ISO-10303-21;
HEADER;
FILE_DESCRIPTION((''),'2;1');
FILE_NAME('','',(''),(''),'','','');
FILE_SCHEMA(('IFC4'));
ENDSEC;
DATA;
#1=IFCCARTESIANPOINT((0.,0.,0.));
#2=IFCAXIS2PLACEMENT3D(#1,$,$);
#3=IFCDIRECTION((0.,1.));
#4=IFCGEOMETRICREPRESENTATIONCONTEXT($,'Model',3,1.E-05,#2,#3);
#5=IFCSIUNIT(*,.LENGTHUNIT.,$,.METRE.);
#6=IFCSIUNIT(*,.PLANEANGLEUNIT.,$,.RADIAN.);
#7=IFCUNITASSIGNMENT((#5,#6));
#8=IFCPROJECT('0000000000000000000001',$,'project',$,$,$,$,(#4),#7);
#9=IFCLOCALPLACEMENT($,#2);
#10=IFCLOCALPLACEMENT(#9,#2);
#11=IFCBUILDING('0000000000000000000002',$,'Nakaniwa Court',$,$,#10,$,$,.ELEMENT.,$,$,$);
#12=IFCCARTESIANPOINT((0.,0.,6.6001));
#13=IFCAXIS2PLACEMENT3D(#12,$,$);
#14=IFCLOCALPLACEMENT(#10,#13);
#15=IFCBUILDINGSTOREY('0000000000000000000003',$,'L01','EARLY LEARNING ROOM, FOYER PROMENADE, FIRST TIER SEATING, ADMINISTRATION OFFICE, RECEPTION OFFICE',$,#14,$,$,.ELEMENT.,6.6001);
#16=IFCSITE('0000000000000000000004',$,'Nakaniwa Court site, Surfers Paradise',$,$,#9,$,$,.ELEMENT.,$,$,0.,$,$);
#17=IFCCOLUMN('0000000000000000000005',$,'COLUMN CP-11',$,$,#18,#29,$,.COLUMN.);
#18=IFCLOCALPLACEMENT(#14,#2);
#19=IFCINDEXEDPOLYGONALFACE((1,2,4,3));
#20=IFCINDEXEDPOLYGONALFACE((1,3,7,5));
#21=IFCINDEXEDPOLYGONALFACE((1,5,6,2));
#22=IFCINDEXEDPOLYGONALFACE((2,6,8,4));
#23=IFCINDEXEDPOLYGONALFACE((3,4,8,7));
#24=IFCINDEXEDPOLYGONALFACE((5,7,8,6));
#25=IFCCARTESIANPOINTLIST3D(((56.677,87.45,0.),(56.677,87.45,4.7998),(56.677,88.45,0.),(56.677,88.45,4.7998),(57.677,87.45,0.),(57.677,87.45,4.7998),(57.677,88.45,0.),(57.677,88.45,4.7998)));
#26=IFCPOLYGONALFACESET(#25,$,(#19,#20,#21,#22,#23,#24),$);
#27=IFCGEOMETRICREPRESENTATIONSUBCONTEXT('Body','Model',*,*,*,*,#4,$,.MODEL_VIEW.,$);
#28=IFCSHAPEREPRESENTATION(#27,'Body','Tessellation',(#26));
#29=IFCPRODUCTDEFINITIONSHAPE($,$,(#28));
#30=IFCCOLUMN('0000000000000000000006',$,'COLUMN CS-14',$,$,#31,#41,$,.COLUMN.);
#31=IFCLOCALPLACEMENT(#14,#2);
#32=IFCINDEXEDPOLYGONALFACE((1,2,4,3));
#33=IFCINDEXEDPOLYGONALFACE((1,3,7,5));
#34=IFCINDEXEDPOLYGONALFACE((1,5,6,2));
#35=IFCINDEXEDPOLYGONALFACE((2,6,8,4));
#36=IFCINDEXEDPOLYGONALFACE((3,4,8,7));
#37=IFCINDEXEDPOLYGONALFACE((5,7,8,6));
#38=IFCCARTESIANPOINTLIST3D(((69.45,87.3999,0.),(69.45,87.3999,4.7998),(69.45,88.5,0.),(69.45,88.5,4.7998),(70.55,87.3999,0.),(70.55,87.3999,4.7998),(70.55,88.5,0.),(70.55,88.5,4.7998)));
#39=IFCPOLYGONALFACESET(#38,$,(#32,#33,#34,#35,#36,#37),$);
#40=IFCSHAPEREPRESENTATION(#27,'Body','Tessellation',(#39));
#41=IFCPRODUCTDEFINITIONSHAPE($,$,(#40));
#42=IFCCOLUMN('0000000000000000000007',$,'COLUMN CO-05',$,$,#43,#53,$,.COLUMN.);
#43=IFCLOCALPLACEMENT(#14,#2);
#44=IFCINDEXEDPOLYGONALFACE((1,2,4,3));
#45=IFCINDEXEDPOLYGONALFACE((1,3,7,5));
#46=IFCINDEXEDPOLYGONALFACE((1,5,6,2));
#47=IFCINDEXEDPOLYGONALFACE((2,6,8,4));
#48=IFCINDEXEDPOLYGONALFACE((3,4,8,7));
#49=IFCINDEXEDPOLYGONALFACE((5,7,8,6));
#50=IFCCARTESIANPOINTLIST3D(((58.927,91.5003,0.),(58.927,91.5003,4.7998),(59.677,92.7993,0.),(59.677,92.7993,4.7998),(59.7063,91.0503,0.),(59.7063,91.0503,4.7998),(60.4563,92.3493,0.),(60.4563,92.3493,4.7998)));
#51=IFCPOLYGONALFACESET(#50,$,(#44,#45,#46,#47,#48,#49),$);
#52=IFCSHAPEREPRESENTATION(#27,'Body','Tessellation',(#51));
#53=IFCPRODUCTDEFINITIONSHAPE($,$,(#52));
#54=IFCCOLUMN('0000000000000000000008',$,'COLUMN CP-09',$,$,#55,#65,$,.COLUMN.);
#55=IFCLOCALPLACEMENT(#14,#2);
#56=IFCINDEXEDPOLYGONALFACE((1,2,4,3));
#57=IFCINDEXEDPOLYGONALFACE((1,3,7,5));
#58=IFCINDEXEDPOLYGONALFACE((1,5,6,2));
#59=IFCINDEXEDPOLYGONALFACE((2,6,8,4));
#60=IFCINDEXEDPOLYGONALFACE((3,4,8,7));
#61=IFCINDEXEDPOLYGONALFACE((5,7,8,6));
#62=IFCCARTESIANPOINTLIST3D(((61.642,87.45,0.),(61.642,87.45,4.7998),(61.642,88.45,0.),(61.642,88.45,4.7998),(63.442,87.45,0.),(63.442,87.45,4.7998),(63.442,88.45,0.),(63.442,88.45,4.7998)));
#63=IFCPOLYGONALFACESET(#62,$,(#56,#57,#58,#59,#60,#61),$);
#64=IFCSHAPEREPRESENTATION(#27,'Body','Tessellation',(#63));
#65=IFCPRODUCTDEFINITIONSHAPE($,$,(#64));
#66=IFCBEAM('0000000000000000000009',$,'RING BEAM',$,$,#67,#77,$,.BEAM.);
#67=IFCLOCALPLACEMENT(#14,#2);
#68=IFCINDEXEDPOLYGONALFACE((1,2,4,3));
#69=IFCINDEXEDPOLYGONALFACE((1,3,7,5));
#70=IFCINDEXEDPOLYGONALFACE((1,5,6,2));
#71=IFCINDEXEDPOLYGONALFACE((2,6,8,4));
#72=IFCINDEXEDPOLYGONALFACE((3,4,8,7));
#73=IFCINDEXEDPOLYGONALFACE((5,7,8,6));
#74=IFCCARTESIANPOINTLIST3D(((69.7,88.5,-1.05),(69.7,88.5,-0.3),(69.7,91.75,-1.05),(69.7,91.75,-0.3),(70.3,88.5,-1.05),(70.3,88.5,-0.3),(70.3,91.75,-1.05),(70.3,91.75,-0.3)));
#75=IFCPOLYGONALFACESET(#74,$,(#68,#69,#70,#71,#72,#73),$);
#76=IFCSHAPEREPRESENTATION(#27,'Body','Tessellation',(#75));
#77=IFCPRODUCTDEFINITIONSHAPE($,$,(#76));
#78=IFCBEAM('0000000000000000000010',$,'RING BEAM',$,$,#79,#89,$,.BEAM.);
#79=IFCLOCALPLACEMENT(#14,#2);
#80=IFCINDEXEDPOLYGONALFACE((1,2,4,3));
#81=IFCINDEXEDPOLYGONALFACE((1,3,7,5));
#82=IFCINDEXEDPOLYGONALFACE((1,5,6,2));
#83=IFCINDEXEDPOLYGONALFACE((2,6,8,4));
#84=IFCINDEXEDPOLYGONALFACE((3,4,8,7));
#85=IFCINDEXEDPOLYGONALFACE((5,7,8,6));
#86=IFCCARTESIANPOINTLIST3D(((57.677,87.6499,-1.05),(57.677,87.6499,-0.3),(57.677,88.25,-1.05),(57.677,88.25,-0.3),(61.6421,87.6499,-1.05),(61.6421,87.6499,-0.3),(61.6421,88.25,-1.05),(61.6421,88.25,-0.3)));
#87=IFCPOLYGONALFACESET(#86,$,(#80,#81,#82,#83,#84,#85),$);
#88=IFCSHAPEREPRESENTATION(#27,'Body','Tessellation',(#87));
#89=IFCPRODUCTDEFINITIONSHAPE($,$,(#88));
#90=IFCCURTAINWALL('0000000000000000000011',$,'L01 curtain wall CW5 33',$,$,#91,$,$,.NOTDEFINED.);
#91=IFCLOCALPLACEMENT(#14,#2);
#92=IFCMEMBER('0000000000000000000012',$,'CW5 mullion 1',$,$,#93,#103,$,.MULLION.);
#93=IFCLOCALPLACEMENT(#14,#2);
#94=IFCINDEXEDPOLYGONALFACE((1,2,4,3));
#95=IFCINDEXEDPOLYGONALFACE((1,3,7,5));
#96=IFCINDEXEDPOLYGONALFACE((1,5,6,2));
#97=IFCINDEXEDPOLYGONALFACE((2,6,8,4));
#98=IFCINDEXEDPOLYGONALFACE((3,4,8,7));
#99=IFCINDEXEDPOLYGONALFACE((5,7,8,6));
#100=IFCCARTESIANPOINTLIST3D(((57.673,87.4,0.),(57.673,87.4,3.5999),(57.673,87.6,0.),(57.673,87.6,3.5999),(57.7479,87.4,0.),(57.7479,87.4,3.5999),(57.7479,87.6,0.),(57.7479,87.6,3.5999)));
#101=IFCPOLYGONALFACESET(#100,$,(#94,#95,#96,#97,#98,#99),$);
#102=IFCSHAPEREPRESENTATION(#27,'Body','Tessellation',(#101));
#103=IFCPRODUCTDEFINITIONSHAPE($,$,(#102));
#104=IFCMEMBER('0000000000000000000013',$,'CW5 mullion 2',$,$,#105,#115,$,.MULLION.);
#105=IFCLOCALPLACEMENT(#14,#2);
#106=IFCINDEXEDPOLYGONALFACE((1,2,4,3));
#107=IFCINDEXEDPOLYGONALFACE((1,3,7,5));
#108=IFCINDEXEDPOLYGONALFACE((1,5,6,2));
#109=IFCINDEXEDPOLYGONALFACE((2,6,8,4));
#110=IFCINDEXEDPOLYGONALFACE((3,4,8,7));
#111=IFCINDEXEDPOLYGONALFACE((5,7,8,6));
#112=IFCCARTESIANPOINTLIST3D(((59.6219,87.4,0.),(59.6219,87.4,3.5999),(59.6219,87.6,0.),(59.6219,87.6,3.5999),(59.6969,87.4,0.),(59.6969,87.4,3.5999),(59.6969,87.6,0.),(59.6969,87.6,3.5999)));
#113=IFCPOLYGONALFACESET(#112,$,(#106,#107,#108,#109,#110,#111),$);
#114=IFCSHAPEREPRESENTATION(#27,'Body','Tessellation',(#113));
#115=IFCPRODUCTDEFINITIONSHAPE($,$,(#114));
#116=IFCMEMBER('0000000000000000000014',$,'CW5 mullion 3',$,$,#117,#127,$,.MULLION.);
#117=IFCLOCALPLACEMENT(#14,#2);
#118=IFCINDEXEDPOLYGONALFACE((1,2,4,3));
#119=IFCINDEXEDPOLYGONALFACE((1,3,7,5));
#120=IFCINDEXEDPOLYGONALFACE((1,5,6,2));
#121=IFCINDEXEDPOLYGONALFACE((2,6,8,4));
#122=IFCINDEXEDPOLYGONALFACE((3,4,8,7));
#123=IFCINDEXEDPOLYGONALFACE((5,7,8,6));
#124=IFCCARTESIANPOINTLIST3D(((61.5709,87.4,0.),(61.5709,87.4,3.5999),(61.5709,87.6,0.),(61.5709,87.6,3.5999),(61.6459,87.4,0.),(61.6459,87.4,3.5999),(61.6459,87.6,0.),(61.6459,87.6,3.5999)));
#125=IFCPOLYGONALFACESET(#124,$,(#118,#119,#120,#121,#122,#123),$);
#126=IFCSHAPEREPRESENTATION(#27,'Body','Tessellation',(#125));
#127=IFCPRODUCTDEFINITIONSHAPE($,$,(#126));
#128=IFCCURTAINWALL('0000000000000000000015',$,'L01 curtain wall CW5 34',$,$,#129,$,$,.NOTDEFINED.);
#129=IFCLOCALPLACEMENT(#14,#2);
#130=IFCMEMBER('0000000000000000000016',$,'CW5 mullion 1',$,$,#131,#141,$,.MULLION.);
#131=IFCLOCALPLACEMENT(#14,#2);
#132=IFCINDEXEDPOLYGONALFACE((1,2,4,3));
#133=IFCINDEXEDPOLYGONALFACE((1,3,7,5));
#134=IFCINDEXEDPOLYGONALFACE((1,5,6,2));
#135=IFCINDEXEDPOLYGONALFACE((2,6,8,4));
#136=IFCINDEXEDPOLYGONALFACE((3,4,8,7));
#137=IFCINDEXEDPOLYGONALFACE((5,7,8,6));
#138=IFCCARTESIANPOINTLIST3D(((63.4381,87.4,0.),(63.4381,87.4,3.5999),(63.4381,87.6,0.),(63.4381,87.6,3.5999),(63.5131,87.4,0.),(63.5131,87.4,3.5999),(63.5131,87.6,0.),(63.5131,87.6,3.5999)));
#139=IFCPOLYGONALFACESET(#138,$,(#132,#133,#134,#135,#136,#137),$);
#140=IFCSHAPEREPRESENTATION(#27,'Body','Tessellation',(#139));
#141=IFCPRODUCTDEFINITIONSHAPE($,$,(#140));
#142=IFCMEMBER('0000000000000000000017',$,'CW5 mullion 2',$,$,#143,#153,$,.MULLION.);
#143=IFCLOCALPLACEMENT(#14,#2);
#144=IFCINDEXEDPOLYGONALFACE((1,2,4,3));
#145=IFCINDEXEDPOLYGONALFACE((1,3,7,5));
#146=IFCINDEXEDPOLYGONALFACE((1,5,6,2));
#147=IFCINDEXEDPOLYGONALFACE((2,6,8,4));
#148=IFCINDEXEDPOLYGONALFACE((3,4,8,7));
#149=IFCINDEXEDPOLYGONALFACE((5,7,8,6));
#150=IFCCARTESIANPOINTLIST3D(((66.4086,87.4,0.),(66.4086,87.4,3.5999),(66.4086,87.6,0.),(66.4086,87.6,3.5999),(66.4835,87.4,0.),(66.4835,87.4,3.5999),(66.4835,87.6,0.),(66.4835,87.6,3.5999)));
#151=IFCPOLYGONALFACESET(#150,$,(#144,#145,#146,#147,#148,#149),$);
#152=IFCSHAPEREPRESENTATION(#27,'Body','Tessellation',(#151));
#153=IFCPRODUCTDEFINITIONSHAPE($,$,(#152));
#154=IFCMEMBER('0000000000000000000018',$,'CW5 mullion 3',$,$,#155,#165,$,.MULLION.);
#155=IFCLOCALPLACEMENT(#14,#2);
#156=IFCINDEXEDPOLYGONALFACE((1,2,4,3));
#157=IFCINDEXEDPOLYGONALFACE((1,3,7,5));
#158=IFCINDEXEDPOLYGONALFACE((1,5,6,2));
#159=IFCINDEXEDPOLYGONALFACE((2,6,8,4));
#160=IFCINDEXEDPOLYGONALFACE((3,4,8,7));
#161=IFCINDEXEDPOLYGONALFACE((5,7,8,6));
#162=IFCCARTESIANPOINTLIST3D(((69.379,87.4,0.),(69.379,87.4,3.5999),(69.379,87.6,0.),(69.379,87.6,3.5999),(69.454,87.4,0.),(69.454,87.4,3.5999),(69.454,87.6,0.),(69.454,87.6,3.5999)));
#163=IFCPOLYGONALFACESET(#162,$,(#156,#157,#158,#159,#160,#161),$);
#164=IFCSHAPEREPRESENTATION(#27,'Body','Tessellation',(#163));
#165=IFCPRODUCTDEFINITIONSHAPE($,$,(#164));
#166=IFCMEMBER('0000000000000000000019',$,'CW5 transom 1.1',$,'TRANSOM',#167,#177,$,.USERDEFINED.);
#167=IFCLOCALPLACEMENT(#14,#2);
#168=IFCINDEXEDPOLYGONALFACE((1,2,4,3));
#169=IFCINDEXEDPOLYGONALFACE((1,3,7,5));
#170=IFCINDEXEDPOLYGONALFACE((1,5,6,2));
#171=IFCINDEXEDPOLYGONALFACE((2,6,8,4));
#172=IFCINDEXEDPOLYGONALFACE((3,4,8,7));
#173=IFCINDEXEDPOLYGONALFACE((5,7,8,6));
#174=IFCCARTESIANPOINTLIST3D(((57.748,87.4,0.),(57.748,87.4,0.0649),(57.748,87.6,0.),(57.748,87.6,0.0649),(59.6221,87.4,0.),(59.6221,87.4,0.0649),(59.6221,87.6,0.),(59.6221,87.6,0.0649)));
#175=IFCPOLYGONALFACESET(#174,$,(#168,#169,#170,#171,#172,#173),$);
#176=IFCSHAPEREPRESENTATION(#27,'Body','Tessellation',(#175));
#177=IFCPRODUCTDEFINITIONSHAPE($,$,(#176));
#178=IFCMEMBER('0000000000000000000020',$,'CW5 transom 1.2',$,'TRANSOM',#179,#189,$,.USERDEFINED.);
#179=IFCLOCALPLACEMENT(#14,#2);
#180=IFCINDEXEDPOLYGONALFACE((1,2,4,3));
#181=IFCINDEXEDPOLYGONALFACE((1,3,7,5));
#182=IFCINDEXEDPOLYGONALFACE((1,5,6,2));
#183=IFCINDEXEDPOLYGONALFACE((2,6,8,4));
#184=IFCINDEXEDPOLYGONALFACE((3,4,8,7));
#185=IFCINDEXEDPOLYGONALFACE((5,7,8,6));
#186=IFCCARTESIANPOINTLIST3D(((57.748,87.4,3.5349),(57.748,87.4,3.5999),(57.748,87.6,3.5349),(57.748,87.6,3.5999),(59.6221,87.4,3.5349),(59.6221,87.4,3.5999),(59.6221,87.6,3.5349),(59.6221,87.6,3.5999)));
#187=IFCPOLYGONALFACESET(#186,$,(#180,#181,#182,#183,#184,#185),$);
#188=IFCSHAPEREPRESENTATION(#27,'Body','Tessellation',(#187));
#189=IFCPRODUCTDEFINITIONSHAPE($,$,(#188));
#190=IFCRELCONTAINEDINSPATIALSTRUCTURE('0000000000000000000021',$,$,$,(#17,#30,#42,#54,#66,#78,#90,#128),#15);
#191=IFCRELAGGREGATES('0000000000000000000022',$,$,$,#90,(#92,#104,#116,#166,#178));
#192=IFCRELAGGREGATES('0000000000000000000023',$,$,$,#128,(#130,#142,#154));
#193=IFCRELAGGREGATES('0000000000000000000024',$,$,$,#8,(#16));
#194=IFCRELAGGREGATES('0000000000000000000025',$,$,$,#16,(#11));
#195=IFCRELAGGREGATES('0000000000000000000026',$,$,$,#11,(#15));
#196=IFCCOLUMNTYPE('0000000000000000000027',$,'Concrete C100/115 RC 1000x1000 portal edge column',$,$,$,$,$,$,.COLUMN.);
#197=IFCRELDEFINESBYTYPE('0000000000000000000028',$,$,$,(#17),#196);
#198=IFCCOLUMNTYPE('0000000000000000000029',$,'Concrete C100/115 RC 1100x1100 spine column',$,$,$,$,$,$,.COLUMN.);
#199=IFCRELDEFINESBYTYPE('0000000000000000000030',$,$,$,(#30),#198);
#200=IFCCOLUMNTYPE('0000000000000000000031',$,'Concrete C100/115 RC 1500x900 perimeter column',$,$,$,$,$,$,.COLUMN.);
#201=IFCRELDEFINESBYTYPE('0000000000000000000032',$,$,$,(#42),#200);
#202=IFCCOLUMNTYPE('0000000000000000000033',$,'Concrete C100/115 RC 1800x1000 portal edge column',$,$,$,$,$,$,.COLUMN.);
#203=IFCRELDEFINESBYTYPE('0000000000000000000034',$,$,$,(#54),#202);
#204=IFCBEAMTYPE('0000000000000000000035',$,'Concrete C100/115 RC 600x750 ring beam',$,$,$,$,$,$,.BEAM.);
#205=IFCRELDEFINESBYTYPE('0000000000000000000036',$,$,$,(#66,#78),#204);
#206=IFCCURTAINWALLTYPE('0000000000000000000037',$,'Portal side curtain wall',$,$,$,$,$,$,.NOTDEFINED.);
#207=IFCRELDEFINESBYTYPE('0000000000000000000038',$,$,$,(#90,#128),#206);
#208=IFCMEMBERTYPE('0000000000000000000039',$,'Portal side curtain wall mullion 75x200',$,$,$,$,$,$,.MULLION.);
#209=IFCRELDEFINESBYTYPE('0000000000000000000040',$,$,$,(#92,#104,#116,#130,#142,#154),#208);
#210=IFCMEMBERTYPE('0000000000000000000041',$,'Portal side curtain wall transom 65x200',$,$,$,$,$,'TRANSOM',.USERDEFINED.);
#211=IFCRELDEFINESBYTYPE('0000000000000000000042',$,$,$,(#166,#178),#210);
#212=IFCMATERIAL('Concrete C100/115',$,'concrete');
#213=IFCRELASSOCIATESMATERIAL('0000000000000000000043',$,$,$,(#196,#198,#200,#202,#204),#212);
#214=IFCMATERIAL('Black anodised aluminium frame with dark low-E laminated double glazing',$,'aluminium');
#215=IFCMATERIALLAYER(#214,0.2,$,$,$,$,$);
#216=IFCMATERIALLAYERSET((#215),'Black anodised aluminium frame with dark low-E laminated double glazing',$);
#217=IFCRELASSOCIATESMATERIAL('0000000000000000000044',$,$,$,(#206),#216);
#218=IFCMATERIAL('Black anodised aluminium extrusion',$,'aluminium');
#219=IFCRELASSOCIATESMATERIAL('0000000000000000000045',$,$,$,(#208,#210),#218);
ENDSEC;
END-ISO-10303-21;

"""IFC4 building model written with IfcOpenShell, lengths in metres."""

from ifc_helpers import new_model, si_unit, direction, frame, origin, origin_2d, place, context, subcontext, project, spatial, rectangle, extrude, material, layer, layer_set, material_profile, profile_set, type_object, element, aggregate, save


model = new_model("IFC4")

# Units and contexts
model_context = context("Model", 3, precision=1e-05, world=origin(), true_north=direction((0.0, 1.0)))
body_context = subcontext(model_context, "Body", "Model", "MODEL_VIEW")
ifc_project = project(units=[si_unit("LENGTHUNIT", "METRE"), si_unit("PLANEANGLEUNIT", "RADIAN")], contexts=[model_context])

# Site, building, storey
site_placement = place(None, origin())
site = spatial("IfcSite", under=ifc_project, at=site_placement, Name="Nakaniwa Court site, Surfers Paradise", CompositionType="ELEMENT", RefElevation=0.0)
building_placement = place(site_placement, origin())
building = spatial("IfcBuilding", under=site, at=building_placement, Name="Nakaniwa Court", CompositionType="ELEMENT")
storey_placement = place(building_placement, frame((0.0, 0.0, 6.6001)))
storey = spatial("IfcBuildingStorey", under=building, at=storey_placement, Name="L01", Description="EARLY LEARNING ROOM, FOYER PROMENADE, FIRST TIER SEATING, ADMINISTRATION OFFICE, RECEPTION OFFICE", CompositionType="ELEMENT", Elevation=6.6001)

# Columns
ifc_material_1 = material(Name="Concrete C100/115", Category="concrete")
ifc_material_profile_1 = material_profile(ifc_material_1, rectangle(XDim=1.0, YDim=1.0, at=origin_2d()), Name="Concrete C100/115 RC 1000x1000 portal edge column")
ifc_profile_set_1 = profile_set([ifc_material_profile_1], Name="Concrete C100/115")
column_type_1 = type_object("IfcColumnType", Name="Concrete C100/115 RC 1000x1000 portal edge column", PredefinedType="COLUMN", material=ifc_profile_set_1)
column_1_placement = place(storey_placement, frame((57.177, 87.95, 0.0), z_axis=(0.0, 0.0, 1.0), x_axis=(1.0, 0.0, 0.0)))
element("IfcColumn", 1, at=column_1_placement, inside=storey, type_object=column_type_1, Name="COLUMN CP-11", PredefinedType="COLUMN", context=body_context, shape_type="SweptSolid", body=[
    extrude(rectangle(XDim=1.0, YDim=1.0, at=origin_2d()), origin(), (0.0, 0.0, 1.0), 4.7998),
])
ifc_material_profile_2 = material_profile(ifc_material_1, rectangle(XDim=1.1001, YDim=1.1001, at=origin_2d()), Name="Concrete C100/115 RC 1100x1100 spine column")
ifc_profile_set_2 = profile_set([ifc_material_profile_2], Name="Concrete C100/115")
column_type_2 = type_object("IfcColumnType", Name="Concrete C100/115 RC 1100x1100 spine column", PredefinedType="COLUMN", material=ifc_profile_set_2)
column_2_placement = place(storey_placement, frame((70.0, 87.95, 0.0), z_axis=(0.0, 0.0, 1.0), x_axis=(0.0, -1.0, 0.0)))
element("IfcColumn", 2, at=column_2_placement, inside=storey, type_object=column_type_2, Name="COLUMN CS-14", PredefinedType="COLUMN", context=body_context, shape_type="SweptSolid", body=[
    extrude(rectangle(XDim=1.1001, YDim=1.1001, at=origin_2d()), origin(), (0.0, 0.0, 1.0), 4.7998),
])
ifc_material_profile_3 = material_profile(ifc_material_1, rectangle(XDim=1.5, YDim=0.8999, at=origin_2d()), Name="Concrete C100/115 RC 1500x900 perimeter column")
ifc_profile_set_3 = profile_set([ifc_material_profile_3], Name="Concrete C100/115")
column_type_3 = type_object("IfcColumnType", Name="Concrete C100/115 RC 1500x900 perimeter column", PredefinedType="COLUMN", material=ifc_profile_set_3)
column_3_placement = place(storey_placement, frame((59.6917, 91.9248, 0.0), z_axis=(0.0, 0.0, 1.0), x_axis=(-0.5, -0.866025, 0.0)))
element("IfcColumn", 3, at=column_3_placement, inside=storey, type_object=column_type_3, Name="COLUMN CO-05", PredefinedType="COLUMN", context=body_context, shape_type="SweptSolid", body=[
    extrude(rectangle(XDim=1.5, YDim=0.8999, at=origin_2d()), origin(), (0.0, 0.0, 1.0), 4.7998),
])
ifc_material_profile_4 = material_profile(ifc_material_1, rectangle(XDim=1.8, YDim=1.0, at=origin_2d()), Name="Concrete C100/115 RC 1800x1000 portal edge column")
ifc_profile_set_4 = profile_set([ifc_material_profile_4], Name="Concrete C100/115")
column_type_4 = type_object("IfcColumnType", Name="Concrete C100/115 RC 1800x1000 portal edge column", PredefinedType="COLUMN", material=ifc_profile_set_4)
column_4_placement = place(storey_placement, frame((62.542, 87.95, 0.0), z_axis=(0.0, 0.0, 1.0), x_axis=(1.0, 0.0, 0.0)))
element("IfcColumn", 4, at=column_4_placement, inside=storey, type_object=column_type_4, Name="COLUMN CP-09", PredefinedType="COLUMN", context=body_context, shape_type="SweptSolid", body=[
    extrude(rectangle(XDim=1.8, YDim=1.0, at=origin_2d()), origin(), (0.0, 0.0, 1.0), 4.7998),
])

# Beams
ifc_material_profile_5 = material_profile(ifc_material_1, rectangle(XDim=0.6001, YDim=0.75, at=origin_2d()), Name="Concrete C100/115 RC 600x750 ring beam")
ifc_profile_set_5 = profile_set([ifc_material_profile_5], Name="Concrete C100/115")
beam_type = type_object("IfcBeamType", Name="Concrete C100/115 RC 600x750 ring beam", PredefinedType="BEAM", material=ifc_profile_set_5)
beam_1_placement = place(storey_placement, frame((70.0, 91.75, -0.675), z_axis=(0.0, -1.0, 0.0), x_axis=(1.0, 0.0, 0.0)))
element("IfcBeam", 5, at=beam_1_placement, inside=storey, type_object=beam_type, Name="RING BEAM", PredefinedType="BEAM", context=body_context, shape_type="SweptSolid", body=[
    extrude(rectangle(XDim=0.6001, YDim=0.75, at=origin_2d()), origin(), (0.0, 0.0, 1.0), 3.25),
])
beam_2_placement = place(storey_placement, frame((57.677, 87.95, -0.675), z_axis=(1.0, 0.0, 0.0), x_axis=(0.0, 1.0, 0.0)))
element("IfcBeam", 6, at=beam_2_placement, inside=storey, type_object=beam_type, Name="RING BEAM", PredefinedType="BEAM", context=body_context, shape_type="SweptSolid", body=[
    extrude(rectangle(XDim=0.6001, YDim=0.75, at=origin_2d()), origin(), (0.0, 0.0, 1.0), 3.9651),
])

# Curtain walls, members
ifc_material_2 = material(Name="Black anodised aluminium frame with dark low-E laminated double glazing", Category="aluminium")
ifc_layer_1 = layer(ifc_material_2, 0.2)
ifc_layer_set_1 = layer_set([ifc_layer_1], Name="Black anodised aluminium frame with dark low-E laminated double glazing")
curtain_wall_type = type_object("IfcCurtainWallType", Name="Portal side curtain wall", PredefinedType="NOTDEFINED", material=ifc_layer_set_1)
curtain_wall_1_placement = place(storey_placement, origin())
curtain_wall_1 = element("IfcCurtainWall", 7, at=curtain_wall_1_placement, inside=storey, type_object=curtain_wall_type, Name="L01 curtain wall CW5 33", PredefinedType="NOTDEFINED")
ifc_material_3 = material(Name="Black anodised aluminium extrusion", Category="aluminium")
ifc_material_profile_6 = material_profile(ifc_material_3, rectangle(XDim=0.2, YDim=0.075, at=origin_2d()), Name="Portal side curtain wall mullion 75x200")
ifc_profile_set_6 = profile_set([ifc_material_profile_6], Name="Black anodised aluminium extrusion")
member_type_1 = type_object("IfcMemberType", Name="Portal side curtain wall mullion 75x200", PredefinedType="MULLION", material=ifc_profile_set_6)
member_1_placement = place(storey_placement, frame((57.7104, 87.5, 0.0), z_axis=(0.0, 0.0, 1.0), x_axis=(0.0, 1.0, 0.0)))
member_1 = element("IfcMember", 8, at=member_1_placement, type_object=member_type_1, Name="CW5 mullion 1", PredefinedType="MULLION", context=body_context, shape_type="SweptSolid", body=[
    extrude(rectangle(XDim=0.2, YDim=0.075, at=origin_2d()), origin(), (0.0, 0.0, 1.0), 3.5999),
])
member_2_placement = place(storey_placement, frame((59.6594, 87.5, 0.0), z_axis=(0.0, 0.0, 1.0), x_axis=(0.0, 1.0, 0.0)))
member_2 = element("IfcMember", 9, at=member_2_placement, type_object=member_type_1, Name="CW5 mullion 2", PredefinedType="MULLION", context=body_context, shape_type="SweptSolid", body=[
    extrude(rectangle(XDim=0.2, YDim=0.075, at=origin_2d()), origin(), (0.0, 0.0, 1.0), 3.5999),
])
member_3_placement = place(storey_placement, frame((61.6084, 87.5, 0.0), z_axis=(0.0, 0.0, 1.0), x_axis=(0.0, 1.0, 0.0)))
member_3 = element("IfcMember", 10, at=member_3_placement, type_object=member_type_1, Name="CW5 mullion 3", PredefinedType="MULLION", context=body_context, shape_type="SweptSolid", body=[
    extrude(rectangle(XDim=0.2, YDim=0.075, at=origin_2d()), origin(), (0.0, 0.0, 1.0), 3.5999),
])
curtain_wall_2_placement = place(storey_placement, origin())
curtain_wall_2 = element("IfcCurtainWall", 11, at=curtain_wall_2_placement, inside=storey, type_object=curtain_wall_type, Name="L01 curtain wall CW5 34", PredefinedType="NOTDEFINED")
member_4_placement = place(storey_placement, frame((63.4756, 87.5, 0.0), z_axis=(0.0, 0.0, 1.0), x_axis=(0.0, 1.0, 0.0)))
member_4 = element("IfcMember", 12, at=member_4_placement, type_object=member_type_1, Name="CW5 mullion 1", PredefinedType="MULLION", context=body_context, shape_type="SweptSolid", body=[
    extrude(rectangle(XDim=0.2, YDim=0.075, at=origin_2d()), origin(), (0.0, 0.0, 1.0), 3.5999),
])
member_5_placement = place(storey_placement, frame((66.446, 87.5, 0.0), z_axis=(0.0, 0.0, 1.0), x_axis=(0.0, 1.0, 0.0)))
member_5 = element("IfcMember", 13, at=member_5_placement, type_object=member_type_1, Name="CW5 mullion 2", PredefinedType="MULLION", context=body_context, shape_type="SweptSolid", body=[
    extrude(rectangle(XDim=0.2, YDim=0.075, at=origin_2d()), origin(), (0.0, 0.0, 1.0), 3.5999),
])
member_6_placement = place(storey_placement, frame((69.4165, 87.5, 0.0), z_axis=(0.0, 0.0, 1.0), x_axis=(0.0, 1.0, 0.0)))
member_6 = element("IfcMember", 14, at=member_6_placement, type_object=member_type_1, Name="CW5 mullion 3", PredefinedType="MULLION", context=body_context, shape_type="SweptSolid", body=[
    extrude(rectangle(XDim=0.2, YDim=0.075, at=origin_2d()), origin(), (0.0, 0.0, 1.0), 3.5999),
])

# Members
ifc_material_profile_7 = material_profile(ifc_material_3, rectangle(XDim=0.2, YDim=0.0649, at=origin_2d()), Name="Portal side curtain wall transom 65x200")
ifc_profile_set_7 = profile_set([ifc_material_profile_7], Name="Black anodised aluminium extrusion")
member_type_2 = type_object("IfcMemberType", Name="Portal side curtain wall transom 65x200", ElementType="TRANSOM", PredefinedType="USERDEFINED", material=ifc_profile_set_7)
member_7_placement = place(storey_placement, frame((57.748, 87.5, 0.0325), z_axis=(1.0, 0.0, 0.0), x_axis=(0.0, 1.0, 0.0)))
member_7 = element("IfcMember", 15, at=member_7_placement, type_object=member_type_2, Name="CW5 transom 1.1", ObjectType="TRANSOM", PredefinedType="USERDEFINED", context=body_context, shape_type="SweptSolid", body=[
    extrude(rectangle(XDim=0.2, YDim=0.0649, at=origin_2d()), origin(), (0.0, 0.0, 1.0), 1.874),
])
member_8_placement = place(storey_placement, frame((57.748, 87.5, 3.5674), z_axis=(1.0, 0.0, 0.0), x_axis=(0.0, 1.0, 0.0)))
member_8 = element("IfcMember", 16, at=member_8_placement, type_object=member_type_2, Name="CW5 transom 1.2", ObjectType="TRANSOM", PredefinedType="USERDEFINED", context=body_context, shape_type="SweptSolid", body=[
    extrude(rectangle(XDim=0.2, YDim=0.0649, at=origin_2d()), origin(), (0.0, 0.0, 1.0), 1.874),
])

aggregate(curtain_wall_1, [member_1, member_2, member_3, member_7, member_8])
aggregate(curtain_wall_2, [member_4, member_5, member_6])

save(model, "model.ifc")
